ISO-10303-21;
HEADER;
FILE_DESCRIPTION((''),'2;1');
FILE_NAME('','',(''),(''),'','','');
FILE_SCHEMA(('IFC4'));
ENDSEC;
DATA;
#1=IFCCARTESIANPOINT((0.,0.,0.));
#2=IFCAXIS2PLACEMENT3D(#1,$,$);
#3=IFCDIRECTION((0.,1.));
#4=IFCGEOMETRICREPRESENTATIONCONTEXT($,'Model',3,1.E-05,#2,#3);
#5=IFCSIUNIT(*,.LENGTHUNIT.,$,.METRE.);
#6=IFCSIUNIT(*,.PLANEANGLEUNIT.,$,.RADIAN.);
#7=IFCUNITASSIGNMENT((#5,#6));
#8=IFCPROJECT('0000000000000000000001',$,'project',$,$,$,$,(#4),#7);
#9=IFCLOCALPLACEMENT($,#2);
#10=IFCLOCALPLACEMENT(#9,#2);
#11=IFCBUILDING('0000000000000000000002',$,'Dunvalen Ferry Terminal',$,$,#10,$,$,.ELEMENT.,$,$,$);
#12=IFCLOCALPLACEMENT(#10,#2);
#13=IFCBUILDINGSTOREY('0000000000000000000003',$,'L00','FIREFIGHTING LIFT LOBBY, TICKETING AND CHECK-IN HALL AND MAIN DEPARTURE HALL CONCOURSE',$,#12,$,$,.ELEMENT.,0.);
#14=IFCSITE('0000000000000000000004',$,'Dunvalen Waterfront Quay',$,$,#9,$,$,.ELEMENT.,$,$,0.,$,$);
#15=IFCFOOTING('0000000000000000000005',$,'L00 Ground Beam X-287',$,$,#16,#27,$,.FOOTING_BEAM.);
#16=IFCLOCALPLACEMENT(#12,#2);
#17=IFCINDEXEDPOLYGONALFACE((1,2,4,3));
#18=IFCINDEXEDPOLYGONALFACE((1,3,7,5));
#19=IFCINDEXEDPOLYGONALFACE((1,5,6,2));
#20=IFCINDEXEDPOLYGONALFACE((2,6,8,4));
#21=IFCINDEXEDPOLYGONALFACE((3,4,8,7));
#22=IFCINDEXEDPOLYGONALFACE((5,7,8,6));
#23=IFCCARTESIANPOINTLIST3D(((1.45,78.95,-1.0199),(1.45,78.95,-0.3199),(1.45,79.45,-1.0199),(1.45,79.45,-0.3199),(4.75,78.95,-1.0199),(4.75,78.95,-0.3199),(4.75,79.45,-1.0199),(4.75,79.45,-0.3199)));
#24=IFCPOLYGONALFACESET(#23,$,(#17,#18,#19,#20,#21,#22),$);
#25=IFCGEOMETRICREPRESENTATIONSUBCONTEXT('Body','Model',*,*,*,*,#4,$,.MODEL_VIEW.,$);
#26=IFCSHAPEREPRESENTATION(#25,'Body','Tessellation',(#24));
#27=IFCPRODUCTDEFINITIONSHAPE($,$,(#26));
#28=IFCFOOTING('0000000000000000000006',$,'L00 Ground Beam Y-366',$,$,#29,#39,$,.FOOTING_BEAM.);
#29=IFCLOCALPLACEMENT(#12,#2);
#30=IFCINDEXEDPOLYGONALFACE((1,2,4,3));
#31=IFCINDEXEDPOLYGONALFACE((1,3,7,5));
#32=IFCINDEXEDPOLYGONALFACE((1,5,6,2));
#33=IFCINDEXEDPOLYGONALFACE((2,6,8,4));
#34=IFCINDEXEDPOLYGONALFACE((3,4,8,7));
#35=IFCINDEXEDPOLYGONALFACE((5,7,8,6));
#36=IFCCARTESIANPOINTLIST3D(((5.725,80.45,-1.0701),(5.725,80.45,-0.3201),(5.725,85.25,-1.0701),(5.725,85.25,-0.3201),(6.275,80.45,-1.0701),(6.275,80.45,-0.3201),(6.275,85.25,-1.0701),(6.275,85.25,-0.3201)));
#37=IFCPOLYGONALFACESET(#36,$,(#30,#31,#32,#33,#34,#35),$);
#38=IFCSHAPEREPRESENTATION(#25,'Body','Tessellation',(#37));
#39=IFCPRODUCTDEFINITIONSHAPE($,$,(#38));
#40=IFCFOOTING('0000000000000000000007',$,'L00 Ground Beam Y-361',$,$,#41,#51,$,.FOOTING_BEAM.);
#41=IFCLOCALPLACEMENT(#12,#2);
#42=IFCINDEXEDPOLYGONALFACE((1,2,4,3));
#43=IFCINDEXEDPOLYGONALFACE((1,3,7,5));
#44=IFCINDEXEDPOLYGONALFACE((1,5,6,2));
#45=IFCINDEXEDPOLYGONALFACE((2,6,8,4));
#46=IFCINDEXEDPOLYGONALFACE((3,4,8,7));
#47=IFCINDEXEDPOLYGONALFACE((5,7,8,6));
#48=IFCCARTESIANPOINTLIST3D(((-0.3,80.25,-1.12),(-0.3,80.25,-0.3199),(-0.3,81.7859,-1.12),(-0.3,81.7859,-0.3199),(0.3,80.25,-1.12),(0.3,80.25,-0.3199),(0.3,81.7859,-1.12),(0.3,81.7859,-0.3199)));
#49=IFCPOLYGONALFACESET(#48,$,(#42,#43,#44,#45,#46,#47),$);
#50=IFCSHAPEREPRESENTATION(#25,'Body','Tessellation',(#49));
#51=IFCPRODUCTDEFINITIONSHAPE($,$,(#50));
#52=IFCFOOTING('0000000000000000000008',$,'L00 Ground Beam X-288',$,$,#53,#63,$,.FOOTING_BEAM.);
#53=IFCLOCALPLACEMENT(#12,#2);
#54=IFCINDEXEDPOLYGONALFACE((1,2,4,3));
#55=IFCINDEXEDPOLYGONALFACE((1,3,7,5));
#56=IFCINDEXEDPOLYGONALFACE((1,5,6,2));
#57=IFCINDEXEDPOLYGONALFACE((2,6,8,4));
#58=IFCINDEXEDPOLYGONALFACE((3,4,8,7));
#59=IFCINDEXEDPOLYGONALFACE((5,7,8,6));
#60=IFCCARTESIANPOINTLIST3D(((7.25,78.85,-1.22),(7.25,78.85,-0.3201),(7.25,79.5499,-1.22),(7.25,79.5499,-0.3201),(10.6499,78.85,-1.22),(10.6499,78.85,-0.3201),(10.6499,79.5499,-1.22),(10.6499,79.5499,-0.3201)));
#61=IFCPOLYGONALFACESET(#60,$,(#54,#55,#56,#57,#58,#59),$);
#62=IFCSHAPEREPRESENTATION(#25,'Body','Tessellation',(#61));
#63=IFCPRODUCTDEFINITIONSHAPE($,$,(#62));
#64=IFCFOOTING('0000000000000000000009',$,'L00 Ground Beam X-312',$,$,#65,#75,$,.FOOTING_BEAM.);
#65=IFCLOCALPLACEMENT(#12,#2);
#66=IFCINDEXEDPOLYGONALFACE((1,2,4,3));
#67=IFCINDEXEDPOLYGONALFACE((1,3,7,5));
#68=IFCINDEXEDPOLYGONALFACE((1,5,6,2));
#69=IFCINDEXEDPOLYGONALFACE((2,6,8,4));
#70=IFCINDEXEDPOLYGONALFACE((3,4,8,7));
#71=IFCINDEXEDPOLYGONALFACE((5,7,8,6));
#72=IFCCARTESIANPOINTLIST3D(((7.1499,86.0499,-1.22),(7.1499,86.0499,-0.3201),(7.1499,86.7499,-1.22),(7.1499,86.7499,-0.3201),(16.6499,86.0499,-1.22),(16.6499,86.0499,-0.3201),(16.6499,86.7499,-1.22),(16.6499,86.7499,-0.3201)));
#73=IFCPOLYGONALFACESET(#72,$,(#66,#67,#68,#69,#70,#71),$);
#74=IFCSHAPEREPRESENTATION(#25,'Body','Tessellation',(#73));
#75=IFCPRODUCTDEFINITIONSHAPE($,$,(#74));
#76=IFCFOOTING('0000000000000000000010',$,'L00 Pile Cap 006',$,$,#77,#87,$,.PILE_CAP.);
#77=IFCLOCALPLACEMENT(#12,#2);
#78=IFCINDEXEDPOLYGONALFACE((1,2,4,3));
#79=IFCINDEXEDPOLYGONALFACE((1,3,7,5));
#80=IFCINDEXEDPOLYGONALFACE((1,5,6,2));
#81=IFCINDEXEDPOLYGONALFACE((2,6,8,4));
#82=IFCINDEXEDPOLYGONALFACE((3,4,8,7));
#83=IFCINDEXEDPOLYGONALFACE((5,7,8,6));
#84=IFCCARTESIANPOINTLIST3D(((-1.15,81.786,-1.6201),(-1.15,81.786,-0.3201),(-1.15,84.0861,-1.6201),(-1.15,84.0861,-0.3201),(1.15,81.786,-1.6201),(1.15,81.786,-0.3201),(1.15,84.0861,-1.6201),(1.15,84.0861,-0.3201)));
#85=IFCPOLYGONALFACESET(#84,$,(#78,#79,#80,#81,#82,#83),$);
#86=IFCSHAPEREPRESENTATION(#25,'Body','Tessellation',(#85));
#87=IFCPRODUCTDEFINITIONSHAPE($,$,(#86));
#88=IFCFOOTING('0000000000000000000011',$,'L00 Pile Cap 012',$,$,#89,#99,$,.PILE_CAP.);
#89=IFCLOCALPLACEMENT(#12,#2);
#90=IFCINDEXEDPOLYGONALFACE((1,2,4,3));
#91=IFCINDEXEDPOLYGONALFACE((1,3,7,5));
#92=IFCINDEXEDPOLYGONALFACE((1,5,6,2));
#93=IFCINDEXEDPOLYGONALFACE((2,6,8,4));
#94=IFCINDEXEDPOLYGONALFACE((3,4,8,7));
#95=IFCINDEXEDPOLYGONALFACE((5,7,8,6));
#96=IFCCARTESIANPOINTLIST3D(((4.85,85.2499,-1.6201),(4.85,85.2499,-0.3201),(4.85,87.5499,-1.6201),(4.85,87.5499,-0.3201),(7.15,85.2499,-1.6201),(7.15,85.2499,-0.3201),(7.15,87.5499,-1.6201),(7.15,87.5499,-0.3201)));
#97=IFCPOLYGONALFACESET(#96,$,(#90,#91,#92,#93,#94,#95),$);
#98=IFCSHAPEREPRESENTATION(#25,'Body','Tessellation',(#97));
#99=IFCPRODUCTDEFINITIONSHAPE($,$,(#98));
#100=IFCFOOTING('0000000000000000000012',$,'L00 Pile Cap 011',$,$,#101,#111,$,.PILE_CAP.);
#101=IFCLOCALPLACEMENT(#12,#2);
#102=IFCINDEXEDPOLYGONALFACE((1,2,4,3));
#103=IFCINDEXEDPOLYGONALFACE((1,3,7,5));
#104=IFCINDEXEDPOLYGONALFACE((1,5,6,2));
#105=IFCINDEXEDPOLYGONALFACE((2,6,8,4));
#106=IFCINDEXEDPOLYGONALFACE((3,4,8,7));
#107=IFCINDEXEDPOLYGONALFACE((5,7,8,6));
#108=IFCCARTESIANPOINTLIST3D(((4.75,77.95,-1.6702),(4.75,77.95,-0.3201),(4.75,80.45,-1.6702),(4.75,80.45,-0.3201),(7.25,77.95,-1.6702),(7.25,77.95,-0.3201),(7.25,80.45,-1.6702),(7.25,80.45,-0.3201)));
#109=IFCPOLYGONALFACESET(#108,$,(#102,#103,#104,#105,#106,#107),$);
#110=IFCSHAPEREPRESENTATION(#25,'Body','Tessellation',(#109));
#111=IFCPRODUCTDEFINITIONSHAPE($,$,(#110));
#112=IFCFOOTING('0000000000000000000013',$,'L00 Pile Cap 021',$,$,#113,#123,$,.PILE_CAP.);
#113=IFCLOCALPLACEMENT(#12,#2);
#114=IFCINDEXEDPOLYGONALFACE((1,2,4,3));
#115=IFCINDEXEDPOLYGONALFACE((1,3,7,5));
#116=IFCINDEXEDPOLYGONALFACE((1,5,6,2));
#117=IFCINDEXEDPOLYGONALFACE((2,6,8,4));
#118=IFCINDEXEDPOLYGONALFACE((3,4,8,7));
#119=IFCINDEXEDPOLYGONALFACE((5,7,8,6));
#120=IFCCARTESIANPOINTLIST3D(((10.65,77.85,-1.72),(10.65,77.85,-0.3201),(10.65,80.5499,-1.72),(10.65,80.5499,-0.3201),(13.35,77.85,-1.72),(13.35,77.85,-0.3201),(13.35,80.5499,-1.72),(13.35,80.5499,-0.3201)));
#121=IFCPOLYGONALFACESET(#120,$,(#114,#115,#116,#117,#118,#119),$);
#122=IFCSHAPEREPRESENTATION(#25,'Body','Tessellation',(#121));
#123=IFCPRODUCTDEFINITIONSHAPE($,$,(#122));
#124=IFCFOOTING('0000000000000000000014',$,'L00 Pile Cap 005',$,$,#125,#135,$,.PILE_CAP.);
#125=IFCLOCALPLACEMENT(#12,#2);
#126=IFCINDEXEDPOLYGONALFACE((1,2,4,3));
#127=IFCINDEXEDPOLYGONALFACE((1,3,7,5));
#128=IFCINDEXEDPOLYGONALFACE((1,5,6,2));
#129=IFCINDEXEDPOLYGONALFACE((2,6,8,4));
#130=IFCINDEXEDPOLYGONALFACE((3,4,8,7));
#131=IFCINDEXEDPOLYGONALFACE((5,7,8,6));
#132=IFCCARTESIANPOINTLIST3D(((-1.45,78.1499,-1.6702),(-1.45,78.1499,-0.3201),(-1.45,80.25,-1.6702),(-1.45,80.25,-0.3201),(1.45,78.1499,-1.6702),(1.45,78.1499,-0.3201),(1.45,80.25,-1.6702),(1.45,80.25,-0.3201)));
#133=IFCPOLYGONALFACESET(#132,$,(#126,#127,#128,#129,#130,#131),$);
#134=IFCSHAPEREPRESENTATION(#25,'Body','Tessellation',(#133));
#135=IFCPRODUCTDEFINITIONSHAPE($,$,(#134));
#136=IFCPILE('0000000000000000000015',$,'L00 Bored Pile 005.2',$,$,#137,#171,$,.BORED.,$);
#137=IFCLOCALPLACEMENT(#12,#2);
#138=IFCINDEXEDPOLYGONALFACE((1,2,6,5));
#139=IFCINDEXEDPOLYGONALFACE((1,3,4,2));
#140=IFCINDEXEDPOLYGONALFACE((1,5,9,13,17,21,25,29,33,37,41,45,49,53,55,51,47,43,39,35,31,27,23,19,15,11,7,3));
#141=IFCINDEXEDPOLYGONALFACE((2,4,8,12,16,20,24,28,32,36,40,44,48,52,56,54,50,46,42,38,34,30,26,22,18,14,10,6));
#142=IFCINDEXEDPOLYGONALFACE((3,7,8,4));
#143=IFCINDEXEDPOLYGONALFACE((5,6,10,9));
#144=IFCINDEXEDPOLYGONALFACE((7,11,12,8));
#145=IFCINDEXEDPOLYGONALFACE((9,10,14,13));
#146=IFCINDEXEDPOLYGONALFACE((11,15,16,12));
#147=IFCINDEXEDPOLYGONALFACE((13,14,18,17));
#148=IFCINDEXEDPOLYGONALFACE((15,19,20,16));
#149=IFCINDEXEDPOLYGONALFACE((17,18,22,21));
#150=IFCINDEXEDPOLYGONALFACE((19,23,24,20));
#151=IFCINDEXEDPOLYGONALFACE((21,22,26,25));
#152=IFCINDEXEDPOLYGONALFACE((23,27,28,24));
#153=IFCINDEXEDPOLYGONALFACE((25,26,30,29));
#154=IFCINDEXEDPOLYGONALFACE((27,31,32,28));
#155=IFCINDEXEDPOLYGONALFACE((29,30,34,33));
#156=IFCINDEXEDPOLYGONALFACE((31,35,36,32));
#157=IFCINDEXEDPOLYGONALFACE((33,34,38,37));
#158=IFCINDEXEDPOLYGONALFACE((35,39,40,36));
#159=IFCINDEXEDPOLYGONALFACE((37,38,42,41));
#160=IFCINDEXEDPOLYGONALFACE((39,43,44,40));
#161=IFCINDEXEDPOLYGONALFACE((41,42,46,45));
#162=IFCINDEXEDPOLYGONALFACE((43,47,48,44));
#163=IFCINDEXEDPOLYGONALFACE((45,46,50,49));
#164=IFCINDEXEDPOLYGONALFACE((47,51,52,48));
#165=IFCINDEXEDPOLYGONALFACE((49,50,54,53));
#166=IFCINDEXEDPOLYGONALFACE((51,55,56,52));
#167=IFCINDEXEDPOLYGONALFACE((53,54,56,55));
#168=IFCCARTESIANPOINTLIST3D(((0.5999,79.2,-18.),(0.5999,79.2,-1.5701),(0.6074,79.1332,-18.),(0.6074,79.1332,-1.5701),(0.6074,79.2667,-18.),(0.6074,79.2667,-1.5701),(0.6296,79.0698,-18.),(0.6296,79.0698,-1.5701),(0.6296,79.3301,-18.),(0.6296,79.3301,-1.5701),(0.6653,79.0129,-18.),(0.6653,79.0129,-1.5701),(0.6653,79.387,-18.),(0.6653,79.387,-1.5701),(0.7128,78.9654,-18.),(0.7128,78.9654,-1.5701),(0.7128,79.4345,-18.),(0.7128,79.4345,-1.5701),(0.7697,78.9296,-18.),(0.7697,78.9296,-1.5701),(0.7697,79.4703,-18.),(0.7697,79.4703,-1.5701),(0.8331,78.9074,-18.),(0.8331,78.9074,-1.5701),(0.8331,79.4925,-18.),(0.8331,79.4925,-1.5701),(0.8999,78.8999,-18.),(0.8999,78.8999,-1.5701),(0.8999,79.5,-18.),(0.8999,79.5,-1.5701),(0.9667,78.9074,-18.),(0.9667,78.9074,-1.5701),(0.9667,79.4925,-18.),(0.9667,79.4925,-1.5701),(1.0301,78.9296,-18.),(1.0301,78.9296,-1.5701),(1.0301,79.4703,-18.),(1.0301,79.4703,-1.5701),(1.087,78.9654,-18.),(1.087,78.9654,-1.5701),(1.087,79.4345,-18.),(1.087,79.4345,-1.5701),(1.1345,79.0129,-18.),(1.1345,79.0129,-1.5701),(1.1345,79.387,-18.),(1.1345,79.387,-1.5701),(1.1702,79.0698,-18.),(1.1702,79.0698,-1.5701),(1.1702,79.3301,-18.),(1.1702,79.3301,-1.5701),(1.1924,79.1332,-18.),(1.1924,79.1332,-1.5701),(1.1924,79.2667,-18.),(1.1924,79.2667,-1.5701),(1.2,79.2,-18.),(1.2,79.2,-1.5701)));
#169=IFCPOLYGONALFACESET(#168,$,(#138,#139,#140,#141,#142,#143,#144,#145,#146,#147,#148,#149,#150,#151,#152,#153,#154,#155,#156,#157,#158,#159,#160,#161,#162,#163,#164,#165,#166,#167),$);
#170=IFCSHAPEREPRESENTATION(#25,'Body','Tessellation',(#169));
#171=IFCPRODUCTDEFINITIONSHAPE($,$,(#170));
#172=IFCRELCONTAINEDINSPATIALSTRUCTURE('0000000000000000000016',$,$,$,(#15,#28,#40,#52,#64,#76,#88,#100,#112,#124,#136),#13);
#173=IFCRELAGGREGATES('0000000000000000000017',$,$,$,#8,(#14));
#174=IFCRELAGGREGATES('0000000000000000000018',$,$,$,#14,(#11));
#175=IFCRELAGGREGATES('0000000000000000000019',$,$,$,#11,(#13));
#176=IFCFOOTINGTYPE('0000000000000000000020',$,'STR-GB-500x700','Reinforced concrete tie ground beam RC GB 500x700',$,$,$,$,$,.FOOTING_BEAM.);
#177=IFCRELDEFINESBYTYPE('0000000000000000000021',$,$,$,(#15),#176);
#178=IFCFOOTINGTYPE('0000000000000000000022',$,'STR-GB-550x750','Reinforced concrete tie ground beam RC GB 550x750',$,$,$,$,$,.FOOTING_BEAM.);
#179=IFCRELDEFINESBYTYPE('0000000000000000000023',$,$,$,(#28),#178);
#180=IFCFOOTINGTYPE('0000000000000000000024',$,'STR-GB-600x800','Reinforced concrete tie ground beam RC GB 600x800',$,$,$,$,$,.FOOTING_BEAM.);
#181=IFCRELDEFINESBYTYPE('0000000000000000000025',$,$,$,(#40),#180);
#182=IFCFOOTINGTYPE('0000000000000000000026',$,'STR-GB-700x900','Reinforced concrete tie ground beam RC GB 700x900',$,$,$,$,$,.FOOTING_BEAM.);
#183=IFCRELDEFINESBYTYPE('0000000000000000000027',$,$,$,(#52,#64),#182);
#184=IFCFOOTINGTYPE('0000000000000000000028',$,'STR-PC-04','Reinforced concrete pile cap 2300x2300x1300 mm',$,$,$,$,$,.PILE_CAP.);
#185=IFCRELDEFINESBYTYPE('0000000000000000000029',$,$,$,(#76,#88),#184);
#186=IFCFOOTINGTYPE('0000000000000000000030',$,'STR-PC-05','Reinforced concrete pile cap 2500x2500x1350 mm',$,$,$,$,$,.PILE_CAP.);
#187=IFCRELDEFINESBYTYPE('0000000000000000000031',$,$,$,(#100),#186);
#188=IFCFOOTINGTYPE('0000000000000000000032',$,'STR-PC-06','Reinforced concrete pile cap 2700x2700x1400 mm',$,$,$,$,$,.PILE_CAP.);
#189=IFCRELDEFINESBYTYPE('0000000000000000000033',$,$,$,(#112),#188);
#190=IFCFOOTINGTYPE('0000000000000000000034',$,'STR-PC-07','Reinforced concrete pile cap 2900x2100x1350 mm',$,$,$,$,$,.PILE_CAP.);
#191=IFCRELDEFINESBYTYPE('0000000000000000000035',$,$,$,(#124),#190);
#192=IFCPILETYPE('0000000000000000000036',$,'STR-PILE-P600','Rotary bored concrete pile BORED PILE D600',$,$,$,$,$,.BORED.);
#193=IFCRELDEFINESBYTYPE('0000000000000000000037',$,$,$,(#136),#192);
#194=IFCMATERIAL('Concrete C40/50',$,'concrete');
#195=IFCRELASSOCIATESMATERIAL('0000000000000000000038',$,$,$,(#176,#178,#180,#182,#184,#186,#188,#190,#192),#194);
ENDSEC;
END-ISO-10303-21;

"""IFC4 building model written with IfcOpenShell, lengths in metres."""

from ifc_helpers import new_model, si_unit, direction, frame, origin, origin_2d, place, context, subcontext, project, spatial, rectangle, circle, extrude, material, material_profile, profile_set, type_object, element, save


model = new_model("IFC4")

# Units and contexts
model_context = context("Model", 3, precision=1e-05, world=origin(), true_north=direction((0.0, 1.0)))
body_context = subcontext(model_context, "Body", "Model", "MODEL_VIEW")
ifc_project = project(units=[si_unit("LENGTHUNIT", "METRE"), si_unit("PLANEANGLEUNIT", "RADIAN")], contexts=[model_context])

# Site, building, storey
site_placement = place(None, origin())
site = spatial("IfcSite", under=ifc_project, at=site_placement, Name="Dunvalen Waterfront Quay", CompositionType="ELEMENT", RefElevation=0.0)
building_placement = place(site_placement, origin())
building = spatial("IfcBuilding", under=site, at=building_placement, Name="Dunvalen Ferry Terminal", CompositionType="ELEMENT")
storey_placement = place(building_placement, origin())
storey = spatial("IfcBuildingStorey", under=building, at=storey_placement, Name="L00", Description="FIREFIGHTING LIFT LOBBY, TICKETING AND CHECK-IN HALL AND MAIN DEPARTURE HALL CONCOURSE", CompositionType="ELEMENT", Elevation=0.0)

# Footings
ifc_material_1 = material(Name="Concrete C40/50", Category="concrete")
ifc_material_profile_1 = material_profile(ifc_material_1, rectangle(XDim=0.5, YDim=0.7, at=origin_2d()), Name="Concrete C40/50")
ifc_profile_set_1 = profile_set([ifc_material_profile_1], Name="Concrete C40/50")
footing_type_1 = type_object("IfcFootingType", Name="STR-GB-500x700", Description="Reinforced concrete tie ground beam RC GB 500x700", PredefinedType="FOOTING_BEAM", material=ifc_profile_set_1)
footing_1_placement = place(storey_placement, frame((1.45, 79.2, -0.6699), z_axis=(1.0, 0.0, 0.0), x_axis=(0.0, 1.0, 0.0)))
element("IfcFooting", 1, at=footing_1_placement, inside=storey, type_object=footing_type_1, Name="L00 Ground Beam X-287", PredefinedType="FOOTING_BEAM", context=body_context, shape_type="SweptSolid", body=[
    extrude(rectangle(XDim=0.5, YDim=0.7, at=origin_2d()), origin(), (0.0, 0.0, 1.0), 3.3),
])
ifc_material_profile_2 = material_profile(ifc_material_1, rectangle(XDim=0.55, YDim=0.75, at=origin_2d()), Name="Concrete C40/50")
ifc_profile_set_2 = profile_set([ifc_material_profile_2], Name="Concrete C40/50")
footing_type_2 = type_object("IfcFootingType", Name="STR-GB-550x750", Description="Reinforced concrete tie ground beam RC GB 550x750", PredefinedType="FOOTING_BEAM", material=ifc_profile_set_2)
footing_2_placement = place(storey_placement, frame((6.0, 80.45, -0.6951), z_axis=(0.0, 1.0, 0.0), x_axis=(-1.0, 0.0, 0.0)))
element("IfcFooting", 2, at=footing_2_placement, inside=storey, type_object=footing_type_2, Name="L00 Ground Beam Y-366", PredefinedType="FOOTING_BEAM", context=body_context, shape_type="SweptSolid", body=[
    extrude(rectangle(XDim=0.55, YDim=0.75, at=origin_2d()), origin(), (0.0, 0.0, 1.0), 4.8),
])
ifc_material_profile_3 = material_profile(ifc_material_1, rectangle(XDim=0.6001, YDim=0.8, at=origin_2d()), Name="Concrete C40/50")
ifc_profile_set_3 = profile_set([ifc_material_profile_3], Name="Concrete C40/50")
footing_type_3 = type_object("IfcFootingType", Name="STR-GB-600x800", Description="Reinforced concrete tie ground beam RC GB 600x800", PredefinedType="FOOTING_BEAM", material=ifc_profile_set_3)
footing_3_placement = place(storey_placement, frame((0.0, 80.25, -0.72), z_axis=(0.0, 1.0, 0.0), x_axis=(-1.0, 0.0, 0.0)))
element("IfcFooting", 3, at=footing_3_placement, inside=storey, type_object=footing_type_3, Name="L00 Ground Beam Y-361", PredefinedType="FOOTING_BEAM", context=body_context, shape_type="SweptSolid", body=[
    extrude(rectangle(XDim=0.6001, YDim=0.8, at=origin_2d()), origin(), (0.0, 0.0, 1.0), 1.5359),
])
ifc_material_profile_4 = material_profile(ifc_material_1, rectangle(XDim=0.7, YDim=0.8999, at=origin_2d()), Name="Concrete C40/50")
ifc_profile_set_4 = profile_set([ifc_material_profile_4], Name="Concrete C40/50")
footing_type_4 = type_object("IfcFootingType", Name="STR-GB-700x900", Description="Reinforced concrete tie ground beam RC GB 700x900", PredefinedType="FOOTING_BEAM", material=ifc_profile_set_4)
footing_4_placement = place(storey_placement, frame((7.25, 79.2, -0.77), z_axis=(1.0, 0.0, 0.0), x_axis=(0.0, 1.0, 0.0)))
element("IfcFooting", 4, at=footing_4_placement, inside=storey, type_object=footing_type_4, Name="L00 Ground Beam X-288", PredefinedType="FOOTING_BEAM", context=body_context, shape_type="SweptSolid", body=[
    extrude(rectangle(XDim=0.7, YDim=0.8999, at=origin_2d()), origin(), (0.0, 0.0, 1.0), 3.3999),
])
footing_5_placement = place(storey_placement, frame((7.1499, 86.3999, -0.77), z_axis=(1.0, 0.0, 0.0), x_axis=(0.0, 1.0, 0.0)))
element("IfcFooting", 5, at=footing_5_placement, inside=storey, type_object=footing_type_4, Name="L00 Ground Beam X-312", PredefinedType="FOOTING_BEAM", context=body_context, shape_type="SweptSolid", body=[
    extrude(rectangle(XDim=0.7, YDim=0.8999, at=origin_2d()), origin(), (0.0, 0.0, 1.0), 9.5),
])
footing_type_5 = type_object("IfcFootingType", Name="STR-PC-04", Description="Reinforced concrete pile cap 2300x2300x1300 mm", PredefinedType="PILE_CAP", material=ifc_material_1)
for number, where, z_axis, x_axis, name in (
    (6, (0.0, 82.936, -1.6201), (0.0, 0.0, 1.0), (1.0, 0.0, 0.0), "L00 Pile Cap 006"),
    (7, (6.0, 86.3999, -1.6201), (0.0, 0.0, 1.0), (1.0, 0.0, 0.0), "L00 Pile Cap 012"),
):
    element("IfcFooting", number, at=place(storey_placement, frame(where, z_axis=z_axis, x_axis=x_axis)), inside=storey, type_object=footing_type_5, Name=name, PredefinedType="PILE_CAP", context=body_context, shape_type="SweptSolid", body=[
        extrude(rectangle(XDim=2.3, YDim=2.3, at=origin_2d()), origin(), (0.0, 0.0, 1.0), 1.3),
    ])
footing_type_6 = type_object("IfcFootingType", Name="STR-PC-05", Description="Reinforced concrete pile cap 2500x2500x1350 mm", PredefinedType="PILE_CAP", material=ifc_material_1)
footing_6_placement = place(storey_placement, frame((6.0, 79.2, -1.6702), z_axis=(0.0, 0.0, 1.0), x_axis=(1.0, 0.0, 0.0)))
element("IfcFooting", 8, at=footing_6_placement, inside=storey, type_object=footing_type_6, Name="L00 Pile Cap 011", PredefinedType="PILE_CAP", context=body_context, shape_type="SweptSolid", body=[
    extrude(rectangle(XDim=2.5, YDim=2.5, at=origin_2d()), origin(), (0.0, 0.0, 1.0), 1.3501),
])
footing_type_7 = type_object("IfcFootingType", Name="STR-PC-06", Description="Reinforced concrete pile cap 2700x2700x1400 mm", PredefinedType="PILE_CAP", material=ifc_material_1)
footing_7_placement = place(storey_placement, frame((12.0, 79.2, -1.72), z_axis=(0.0, 0.0, 1.0), x_axis=(1.0, 0.0, 0.0)))
element("IfcFooting", 9, at=footing_7_placement, inside=storey, type_object=footing_type_7, Name="L00 Pile Cap 021", PredefinedType="PILE_CAP", context=body_context, shape_type="SweptSolid", body=[
    extrude(rectangle(XDim=2.7, YDim=2.7, at=origin_2d()), origin(), (0.0, 0.0, 1.0), 1.3999),
])
footing_type_8 = type_object("IfcFootingType", Name="STR-PC-07", Description="Reinforced concrete pile cap 2900x2100x1350 mm", PredefinedType="PILE_CAP", material=ifc_material_1)
footing_8_placement = place(storey_placement, frame((0.0, 79.2, -1.6702), z_axis=(0.0, 0.0, 1.0), x_axis=(1.0, 0.0, 0.0)))
element("IfcFooting", 10, at=footing_8_placement, inside=storey, type_object=footing_type_8, Name="L00 Pile Cap 005", PredefinedType="PILE_CAP", context=body_context, shape_type="SweptSolid", body=[
    extrude(rectangle(XDim=2.8999, YDim=2.1001, at=origin_2d()), origin(), (0.0, 0.0, 1.0), 1.3501),
])

# Pile
ifc_material_profile_5 = material_profile(ifc_material_1, circle(Radius=0.3, at=origin_2d()), Name="Concrete C40/50")
ifc_profile_set_5 = profile_set([ifc_material_profile_5], Name="Concrete C40/50")
pile_type_1 = type_object("IfcPileType", Name="STR-PILE-P600", Description="Rotary bored concrete pile BORED PILE D600", PredefinedType="BORED", material=ifc_profile_set_5)
pile_1_placement = place(storey_placement, frame((0.8999, 79.2, -1.5701), z_axis=(0.0, 0.0, -1.0), x_axis=(1.0, 0.0, 0.0)))
element("IfcPile", 11, at=pile_1_placement, inside=storey, type_object=pile_type_1, Name="L00 Bored Pile 005.2", PredefinedType="BORED", context=body_context, shape_type="SweptSolid", body=[
    extrude(circle(Radius=0.3, at=origin_2d()), origin(), (0.0, 0.0, 1.0), 16.4299),
])

save(model, "model.ifc")
